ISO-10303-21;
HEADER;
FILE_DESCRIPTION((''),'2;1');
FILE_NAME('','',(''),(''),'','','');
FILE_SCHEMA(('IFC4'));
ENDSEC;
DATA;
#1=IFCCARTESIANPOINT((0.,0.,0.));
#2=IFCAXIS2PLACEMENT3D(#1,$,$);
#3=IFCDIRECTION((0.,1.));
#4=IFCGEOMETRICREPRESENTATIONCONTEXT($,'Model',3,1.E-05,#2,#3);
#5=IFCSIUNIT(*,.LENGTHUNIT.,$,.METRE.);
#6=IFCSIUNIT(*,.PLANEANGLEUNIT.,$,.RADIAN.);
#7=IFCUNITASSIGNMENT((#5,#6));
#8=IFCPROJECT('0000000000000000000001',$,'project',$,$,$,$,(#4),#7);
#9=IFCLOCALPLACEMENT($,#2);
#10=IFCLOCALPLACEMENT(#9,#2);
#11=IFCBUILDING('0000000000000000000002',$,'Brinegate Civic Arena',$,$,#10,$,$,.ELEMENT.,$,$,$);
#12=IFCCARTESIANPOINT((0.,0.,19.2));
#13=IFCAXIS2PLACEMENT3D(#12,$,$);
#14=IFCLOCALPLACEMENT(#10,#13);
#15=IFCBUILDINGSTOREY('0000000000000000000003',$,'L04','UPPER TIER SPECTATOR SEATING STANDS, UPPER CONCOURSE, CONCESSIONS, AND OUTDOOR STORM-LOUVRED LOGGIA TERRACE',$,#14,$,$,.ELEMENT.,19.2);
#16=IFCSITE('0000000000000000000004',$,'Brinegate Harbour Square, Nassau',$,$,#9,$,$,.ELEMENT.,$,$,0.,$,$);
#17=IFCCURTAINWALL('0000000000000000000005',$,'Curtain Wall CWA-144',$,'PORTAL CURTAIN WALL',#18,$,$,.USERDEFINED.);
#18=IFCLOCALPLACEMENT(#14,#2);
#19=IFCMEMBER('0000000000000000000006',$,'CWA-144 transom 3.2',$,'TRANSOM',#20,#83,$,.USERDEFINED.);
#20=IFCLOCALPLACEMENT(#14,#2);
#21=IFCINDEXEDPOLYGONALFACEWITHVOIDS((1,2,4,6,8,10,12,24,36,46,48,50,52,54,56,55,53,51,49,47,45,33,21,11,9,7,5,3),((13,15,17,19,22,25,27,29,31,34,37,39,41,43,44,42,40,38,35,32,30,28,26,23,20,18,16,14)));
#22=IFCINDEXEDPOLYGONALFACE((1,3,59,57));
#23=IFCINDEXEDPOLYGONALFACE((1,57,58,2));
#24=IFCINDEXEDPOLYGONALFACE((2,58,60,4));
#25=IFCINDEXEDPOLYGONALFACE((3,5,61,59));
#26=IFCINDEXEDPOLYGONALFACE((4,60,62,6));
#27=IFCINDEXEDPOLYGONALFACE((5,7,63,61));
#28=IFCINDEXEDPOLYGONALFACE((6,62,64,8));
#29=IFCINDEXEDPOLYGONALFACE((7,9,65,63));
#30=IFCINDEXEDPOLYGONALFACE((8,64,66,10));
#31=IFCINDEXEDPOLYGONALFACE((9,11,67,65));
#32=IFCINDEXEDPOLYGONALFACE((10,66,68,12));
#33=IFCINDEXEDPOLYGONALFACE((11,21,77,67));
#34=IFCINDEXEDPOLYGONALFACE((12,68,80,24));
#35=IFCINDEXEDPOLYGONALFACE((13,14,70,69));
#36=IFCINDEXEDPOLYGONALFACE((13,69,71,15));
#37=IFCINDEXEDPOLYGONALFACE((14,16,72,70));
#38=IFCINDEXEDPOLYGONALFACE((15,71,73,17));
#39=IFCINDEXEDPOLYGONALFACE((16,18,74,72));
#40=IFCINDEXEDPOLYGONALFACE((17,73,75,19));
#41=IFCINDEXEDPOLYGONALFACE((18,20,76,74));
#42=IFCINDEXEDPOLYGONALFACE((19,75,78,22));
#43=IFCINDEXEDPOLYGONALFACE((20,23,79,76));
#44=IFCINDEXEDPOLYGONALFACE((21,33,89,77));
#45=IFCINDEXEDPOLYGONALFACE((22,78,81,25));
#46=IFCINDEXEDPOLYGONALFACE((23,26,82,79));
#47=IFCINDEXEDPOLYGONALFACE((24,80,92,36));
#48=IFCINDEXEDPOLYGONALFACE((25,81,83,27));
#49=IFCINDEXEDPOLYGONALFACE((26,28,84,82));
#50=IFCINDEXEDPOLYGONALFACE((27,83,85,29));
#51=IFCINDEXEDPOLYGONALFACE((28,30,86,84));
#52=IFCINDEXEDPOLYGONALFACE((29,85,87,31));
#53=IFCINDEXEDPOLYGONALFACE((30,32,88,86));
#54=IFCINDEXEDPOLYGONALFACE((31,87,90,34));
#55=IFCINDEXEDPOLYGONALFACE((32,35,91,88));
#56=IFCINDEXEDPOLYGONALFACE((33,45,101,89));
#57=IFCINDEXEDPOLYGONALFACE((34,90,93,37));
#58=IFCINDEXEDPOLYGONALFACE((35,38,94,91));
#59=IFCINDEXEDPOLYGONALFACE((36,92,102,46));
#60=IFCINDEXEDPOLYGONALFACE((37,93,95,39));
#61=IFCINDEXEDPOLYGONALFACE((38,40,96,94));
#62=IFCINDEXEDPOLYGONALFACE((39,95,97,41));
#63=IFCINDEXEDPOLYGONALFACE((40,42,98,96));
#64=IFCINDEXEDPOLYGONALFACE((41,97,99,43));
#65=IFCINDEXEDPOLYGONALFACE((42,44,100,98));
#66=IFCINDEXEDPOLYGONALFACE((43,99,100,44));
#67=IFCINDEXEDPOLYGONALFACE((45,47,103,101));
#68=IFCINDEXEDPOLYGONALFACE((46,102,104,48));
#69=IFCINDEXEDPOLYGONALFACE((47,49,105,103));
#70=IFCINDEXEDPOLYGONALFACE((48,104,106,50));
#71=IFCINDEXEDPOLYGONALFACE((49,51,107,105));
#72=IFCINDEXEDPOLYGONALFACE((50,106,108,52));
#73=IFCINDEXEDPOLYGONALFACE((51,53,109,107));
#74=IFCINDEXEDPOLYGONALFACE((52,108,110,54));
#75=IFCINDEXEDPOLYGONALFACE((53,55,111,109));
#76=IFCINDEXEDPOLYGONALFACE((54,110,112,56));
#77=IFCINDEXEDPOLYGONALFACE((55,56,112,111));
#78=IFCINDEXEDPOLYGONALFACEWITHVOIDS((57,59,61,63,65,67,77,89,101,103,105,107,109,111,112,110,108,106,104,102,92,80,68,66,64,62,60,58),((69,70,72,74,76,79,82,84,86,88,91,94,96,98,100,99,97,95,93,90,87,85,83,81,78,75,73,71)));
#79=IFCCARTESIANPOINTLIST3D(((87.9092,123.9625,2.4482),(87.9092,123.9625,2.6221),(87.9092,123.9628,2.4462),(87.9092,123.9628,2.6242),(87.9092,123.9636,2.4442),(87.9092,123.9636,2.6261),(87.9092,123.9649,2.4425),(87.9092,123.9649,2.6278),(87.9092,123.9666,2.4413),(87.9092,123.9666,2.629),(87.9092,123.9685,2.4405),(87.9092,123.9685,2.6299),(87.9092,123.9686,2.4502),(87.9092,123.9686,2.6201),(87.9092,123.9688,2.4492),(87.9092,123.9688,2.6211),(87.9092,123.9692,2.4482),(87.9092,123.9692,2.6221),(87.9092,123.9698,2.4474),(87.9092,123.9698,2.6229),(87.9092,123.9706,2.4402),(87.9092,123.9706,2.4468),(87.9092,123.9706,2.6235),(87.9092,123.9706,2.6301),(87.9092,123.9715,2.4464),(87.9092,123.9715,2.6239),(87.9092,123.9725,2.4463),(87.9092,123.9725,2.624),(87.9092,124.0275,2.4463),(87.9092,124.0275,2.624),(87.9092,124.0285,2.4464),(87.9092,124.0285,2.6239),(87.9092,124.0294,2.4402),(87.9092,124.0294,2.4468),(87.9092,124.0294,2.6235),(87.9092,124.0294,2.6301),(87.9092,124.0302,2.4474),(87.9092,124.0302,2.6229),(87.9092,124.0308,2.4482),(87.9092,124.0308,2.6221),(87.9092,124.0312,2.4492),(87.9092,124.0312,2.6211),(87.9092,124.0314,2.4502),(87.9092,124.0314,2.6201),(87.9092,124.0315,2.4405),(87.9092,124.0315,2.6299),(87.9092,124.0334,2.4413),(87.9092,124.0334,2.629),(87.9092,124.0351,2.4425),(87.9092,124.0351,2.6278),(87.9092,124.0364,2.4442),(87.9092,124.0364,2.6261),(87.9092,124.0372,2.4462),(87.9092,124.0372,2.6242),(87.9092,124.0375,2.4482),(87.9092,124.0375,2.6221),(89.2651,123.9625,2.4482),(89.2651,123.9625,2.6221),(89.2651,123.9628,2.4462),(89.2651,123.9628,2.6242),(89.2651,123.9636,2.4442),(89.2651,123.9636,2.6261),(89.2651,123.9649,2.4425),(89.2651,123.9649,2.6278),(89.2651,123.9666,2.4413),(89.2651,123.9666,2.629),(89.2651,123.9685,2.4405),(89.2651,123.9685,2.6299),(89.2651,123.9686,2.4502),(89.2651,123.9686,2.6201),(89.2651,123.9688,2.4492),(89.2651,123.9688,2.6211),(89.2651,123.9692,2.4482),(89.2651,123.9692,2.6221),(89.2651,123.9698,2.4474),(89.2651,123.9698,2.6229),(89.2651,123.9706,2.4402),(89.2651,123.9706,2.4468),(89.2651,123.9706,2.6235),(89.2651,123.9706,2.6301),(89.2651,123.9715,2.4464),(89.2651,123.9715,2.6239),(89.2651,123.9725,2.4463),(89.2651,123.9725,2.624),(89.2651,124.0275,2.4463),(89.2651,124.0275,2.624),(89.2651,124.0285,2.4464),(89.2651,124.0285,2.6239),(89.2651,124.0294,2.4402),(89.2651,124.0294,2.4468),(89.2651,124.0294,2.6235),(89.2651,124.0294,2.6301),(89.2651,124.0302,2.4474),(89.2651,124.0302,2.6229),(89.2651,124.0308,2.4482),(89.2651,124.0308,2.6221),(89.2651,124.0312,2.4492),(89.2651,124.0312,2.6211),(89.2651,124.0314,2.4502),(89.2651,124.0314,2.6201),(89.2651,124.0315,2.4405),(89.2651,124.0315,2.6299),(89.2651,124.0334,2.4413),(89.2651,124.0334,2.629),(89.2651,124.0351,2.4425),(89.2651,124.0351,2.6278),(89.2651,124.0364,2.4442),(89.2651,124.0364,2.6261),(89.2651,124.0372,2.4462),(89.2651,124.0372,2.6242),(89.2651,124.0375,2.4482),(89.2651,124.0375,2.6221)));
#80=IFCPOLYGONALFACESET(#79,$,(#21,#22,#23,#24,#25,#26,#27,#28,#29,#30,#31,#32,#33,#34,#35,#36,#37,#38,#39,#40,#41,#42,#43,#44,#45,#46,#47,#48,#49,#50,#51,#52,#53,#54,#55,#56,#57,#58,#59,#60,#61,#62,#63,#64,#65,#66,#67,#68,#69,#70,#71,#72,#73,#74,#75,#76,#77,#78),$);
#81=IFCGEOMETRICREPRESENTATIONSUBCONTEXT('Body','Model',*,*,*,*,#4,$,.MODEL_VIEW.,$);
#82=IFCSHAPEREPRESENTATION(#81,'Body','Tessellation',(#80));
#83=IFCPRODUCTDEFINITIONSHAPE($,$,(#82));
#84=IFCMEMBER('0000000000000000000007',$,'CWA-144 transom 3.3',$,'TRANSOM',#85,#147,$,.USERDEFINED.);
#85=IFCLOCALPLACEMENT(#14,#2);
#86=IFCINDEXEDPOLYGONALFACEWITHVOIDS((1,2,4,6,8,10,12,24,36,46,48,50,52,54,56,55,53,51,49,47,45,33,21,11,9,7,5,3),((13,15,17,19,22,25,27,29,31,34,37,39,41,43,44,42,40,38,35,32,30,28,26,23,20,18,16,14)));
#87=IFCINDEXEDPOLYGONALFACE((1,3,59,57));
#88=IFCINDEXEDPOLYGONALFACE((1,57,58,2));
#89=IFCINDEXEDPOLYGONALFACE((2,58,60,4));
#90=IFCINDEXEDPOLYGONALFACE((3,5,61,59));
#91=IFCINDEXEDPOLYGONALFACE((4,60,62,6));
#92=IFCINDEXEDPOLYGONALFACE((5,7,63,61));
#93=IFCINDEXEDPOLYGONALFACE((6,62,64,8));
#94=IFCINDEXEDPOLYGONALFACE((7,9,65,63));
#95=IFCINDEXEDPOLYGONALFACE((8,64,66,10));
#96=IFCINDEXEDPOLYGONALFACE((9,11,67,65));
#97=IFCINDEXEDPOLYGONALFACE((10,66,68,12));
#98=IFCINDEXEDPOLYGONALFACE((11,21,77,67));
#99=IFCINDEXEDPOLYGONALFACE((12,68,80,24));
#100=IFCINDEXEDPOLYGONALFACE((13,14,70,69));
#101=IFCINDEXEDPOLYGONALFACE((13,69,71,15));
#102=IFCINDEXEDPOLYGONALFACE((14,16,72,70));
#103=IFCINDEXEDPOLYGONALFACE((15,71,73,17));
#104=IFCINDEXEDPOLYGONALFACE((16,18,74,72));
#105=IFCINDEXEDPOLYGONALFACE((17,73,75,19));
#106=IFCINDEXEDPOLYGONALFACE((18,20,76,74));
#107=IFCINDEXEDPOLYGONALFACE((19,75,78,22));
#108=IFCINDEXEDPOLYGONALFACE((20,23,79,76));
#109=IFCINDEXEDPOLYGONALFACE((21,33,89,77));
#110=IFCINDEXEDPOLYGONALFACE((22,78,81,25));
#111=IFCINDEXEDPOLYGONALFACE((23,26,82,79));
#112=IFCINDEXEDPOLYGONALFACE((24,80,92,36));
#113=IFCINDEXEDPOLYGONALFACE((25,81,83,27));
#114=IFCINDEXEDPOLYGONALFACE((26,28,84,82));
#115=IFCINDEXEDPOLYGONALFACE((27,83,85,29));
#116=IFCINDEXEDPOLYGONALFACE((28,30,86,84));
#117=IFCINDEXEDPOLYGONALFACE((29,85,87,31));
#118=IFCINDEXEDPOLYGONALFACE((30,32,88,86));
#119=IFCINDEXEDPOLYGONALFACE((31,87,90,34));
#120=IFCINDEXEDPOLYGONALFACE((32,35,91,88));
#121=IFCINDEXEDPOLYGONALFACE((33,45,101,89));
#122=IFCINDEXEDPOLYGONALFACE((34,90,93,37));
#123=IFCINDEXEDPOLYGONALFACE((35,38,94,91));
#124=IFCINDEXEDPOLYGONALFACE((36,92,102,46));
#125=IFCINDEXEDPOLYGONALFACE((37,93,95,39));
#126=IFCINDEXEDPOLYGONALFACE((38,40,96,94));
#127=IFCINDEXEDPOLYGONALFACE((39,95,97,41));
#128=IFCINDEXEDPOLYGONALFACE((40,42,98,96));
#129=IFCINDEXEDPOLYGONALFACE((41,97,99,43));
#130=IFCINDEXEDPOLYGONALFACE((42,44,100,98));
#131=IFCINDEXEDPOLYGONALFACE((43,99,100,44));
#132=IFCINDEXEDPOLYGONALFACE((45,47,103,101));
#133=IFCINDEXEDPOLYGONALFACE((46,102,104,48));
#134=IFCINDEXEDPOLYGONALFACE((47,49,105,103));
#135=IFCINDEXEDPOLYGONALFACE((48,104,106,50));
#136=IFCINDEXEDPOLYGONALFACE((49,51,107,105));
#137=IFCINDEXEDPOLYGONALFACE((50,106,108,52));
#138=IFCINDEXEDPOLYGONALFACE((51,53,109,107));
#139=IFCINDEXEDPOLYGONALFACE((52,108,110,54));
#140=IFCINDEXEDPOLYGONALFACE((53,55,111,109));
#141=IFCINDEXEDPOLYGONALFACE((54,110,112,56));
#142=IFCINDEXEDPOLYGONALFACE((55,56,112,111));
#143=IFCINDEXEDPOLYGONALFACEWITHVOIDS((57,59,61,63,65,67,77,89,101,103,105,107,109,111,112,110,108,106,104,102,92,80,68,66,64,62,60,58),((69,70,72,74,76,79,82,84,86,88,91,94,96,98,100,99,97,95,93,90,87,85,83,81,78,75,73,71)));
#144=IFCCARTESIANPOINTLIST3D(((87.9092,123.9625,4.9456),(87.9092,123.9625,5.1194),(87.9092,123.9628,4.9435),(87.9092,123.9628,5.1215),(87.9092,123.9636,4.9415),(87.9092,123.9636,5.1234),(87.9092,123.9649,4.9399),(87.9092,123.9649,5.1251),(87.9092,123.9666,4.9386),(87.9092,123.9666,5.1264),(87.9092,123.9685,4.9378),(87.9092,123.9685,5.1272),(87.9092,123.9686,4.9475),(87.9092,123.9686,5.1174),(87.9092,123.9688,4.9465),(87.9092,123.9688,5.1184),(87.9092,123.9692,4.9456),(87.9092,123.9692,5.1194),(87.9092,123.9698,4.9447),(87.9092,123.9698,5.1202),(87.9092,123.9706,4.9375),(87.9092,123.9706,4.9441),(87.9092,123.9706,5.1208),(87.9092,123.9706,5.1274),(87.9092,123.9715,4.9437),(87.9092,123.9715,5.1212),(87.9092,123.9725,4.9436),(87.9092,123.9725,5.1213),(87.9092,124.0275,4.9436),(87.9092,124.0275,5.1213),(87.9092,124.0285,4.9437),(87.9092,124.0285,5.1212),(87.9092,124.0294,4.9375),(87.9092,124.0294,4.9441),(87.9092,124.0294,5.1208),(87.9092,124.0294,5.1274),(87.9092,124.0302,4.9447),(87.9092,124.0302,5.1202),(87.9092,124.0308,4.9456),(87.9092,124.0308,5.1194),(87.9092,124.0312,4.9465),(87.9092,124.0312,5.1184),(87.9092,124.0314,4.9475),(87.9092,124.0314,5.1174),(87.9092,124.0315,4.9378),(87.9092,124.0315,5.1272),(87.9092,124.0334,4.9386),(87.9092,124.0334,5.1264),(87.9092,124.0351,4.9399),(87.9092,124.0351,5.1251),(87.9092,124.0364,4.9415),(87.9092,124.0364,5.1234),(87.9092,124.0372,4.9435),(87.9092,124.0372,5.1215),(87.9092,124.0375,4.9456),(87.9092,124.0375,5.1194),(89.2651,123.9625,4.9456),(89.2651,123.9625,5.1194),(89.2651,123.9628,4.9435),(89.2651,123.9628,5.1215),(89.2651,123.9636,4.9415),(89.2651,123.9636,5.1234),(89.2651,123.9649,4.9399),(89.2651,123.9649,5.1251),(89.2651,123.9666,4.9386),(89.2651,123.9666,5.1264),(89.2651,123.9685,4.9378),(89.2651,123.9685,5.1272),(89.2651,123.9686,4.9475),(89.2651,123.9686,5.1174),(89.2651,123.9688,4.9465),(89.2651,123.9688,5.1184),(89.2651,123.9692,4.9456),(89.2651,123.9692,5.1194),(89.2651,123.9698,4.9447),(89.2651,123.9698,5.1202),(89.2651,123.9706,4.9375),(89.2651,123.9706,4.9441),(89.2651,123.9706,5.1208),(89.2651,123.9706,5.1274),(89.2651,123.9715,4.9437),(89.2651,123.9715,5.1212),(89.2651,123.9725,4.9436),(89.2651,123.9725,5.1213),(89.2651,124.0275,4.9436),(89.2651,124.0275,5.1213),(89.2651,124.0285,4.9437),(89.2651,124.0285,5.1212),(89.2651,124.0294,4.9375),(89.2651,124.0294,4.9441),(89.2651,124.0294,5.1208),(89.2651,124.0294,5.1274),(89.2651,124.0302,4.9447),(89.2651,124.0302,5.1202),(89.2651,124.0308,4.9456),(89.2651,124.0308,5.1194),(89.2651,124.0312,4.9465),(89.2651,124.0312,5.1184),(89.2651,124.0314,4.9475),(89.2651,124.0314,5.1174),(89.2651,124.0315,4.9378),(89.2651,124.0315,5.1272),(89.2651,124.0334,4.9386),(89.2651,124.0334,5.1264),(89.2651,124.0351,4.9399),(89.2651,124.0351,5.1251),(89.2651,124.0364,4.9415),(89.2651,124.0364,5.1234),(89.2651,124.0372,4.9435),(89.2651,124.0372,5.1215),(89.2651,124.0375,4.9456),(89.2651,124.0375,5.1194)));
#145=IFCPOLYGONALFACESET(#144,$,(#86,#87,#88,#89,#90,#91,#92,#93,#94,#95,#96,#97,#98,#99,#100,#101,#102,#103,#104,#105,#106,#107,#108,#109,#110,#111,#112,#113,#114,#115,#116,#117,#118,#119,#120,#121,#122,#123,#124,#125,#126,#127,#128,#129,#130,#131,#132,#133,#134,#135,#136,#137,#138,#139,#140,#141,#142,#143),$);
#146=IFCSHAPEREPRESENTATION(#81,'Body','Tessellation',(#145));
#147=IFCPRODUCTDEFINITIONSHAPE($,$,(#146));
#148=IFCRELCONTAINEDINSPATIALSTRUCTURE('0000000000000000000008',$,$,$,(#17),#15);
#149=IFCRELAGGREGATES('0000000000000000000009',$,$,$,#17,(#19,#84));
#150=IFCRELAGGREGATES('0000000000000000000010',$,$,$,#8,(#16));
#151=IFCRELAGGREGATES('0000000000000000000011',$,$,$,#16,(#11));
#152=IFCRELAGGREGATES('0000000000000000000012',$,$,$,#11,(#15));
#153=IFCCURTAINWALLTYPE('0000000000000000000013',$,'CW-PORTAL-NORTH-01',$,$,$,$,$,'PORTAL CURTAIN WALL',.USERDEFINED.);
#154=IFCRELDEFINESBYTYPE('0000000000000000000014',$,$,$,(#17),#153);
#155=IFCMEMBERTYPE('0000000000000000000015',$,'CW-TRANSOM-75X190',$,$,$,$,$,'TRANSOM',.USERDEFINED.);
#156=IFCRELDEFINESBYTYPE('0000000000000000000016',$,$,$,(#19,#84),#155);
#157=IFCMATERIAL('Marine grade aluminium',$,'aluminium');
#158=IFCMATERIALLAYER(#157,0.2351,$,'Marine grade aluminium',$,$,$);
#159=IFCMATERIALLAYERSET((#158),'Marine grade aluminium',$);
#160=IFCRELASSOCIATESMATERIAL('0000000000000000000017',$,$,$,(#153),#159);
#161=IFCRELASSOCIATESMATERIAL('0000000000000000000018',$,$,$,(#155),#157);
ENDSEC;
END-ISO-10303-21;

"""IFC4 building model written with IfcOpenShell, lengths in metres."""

from ifc_helpers import new_model, si_unit, direction, frame, origin, origin_2d, place, context, subcontext, project, spatial, hollow_rectangle, extrude, material, layer, layer_set, material_profile, profile_set, type_object, element, aggregate, save


model = new_model("IFC4")

# Units and contexts
model_context = context("Model", 3, precision=1e-05, world=origin(), true_north=direction((0.0, 1.0)))
body_context = subcontext(model_context, "Body", "Model", "MODEL_VIEW")
ifc_project = project(units=[si_unit("LENGTHUNIT", "METRE"), si_unit("PLANEANGLEUNIT", "RADIAN")], contexts=[model_context])

# Site, building, storey
site_placement = place(None, origin())
site = spatial("IfcSite", under=ifc_project, at=site_placement, Name="Brinegate Harbour Square, Nassau", CompositionType="ELEMENT", RefElevation=0.0)
building_placement = place(site_placement, origin())
building = spatial("IfcBuilding", under=site, at=building_placement, Name="Brinegate Civic Arena", CompositionType="ELEMENT")
storey_placement = place(building_placement, frame((0.0, 0.0, 19.2)))
storey = spatial("IfcBuildingStorey", under=building, at=storey_placement, Name="L04", Description="UPPER TIER SPECTATOR SEATING STANDS, UPPER CONCOURSE, CONCESSIONS, AND OUTDOOR STORM-LOUVRED LOGGIA TERRACE", CompositionType="ELEMENT", Elevation=19.2)

# Curtain wall, members
ifc_material_1 = material(Name="Marine grade aluminium", Category="aluminium")
ifc_layer_1 = layer(ifc_material_1, 0.2351, Name="Marine grade aluminium")
ifc_layer_set_1 = layer_set([ifc_layer_1], Name="Marine grade aluminium")
curtain_wall_type = type_object("IfcCurtainWallType", Name="CW-PORTAL-NORTH-01", ElementType="PORTAL CURTAIN WALL", PredefinedType="USERDEFINED", material=ifc_layer_set_1)
curtain_wall_placement = place(storey_placement, origin())
curtain_wall = element("IfcCurtainWall", 1, at=curtain_wall_placement, inside=storey, type_object=curtain_wall_type, Name="Curtain Wall CWA-144", ObjectType="PORTAL CURTAIN WALL", PredefinedType="USERDEFINED")
ifc_material_profile_1 = material_profile(ifc_material_1, hollow_rectangle(XDim=0.075, YDim=0.1899, WallThickness=0.0061, InnerFilletRadius=0.0039, OuterFilletRadius=0.0081, at=origin_2d()), Name="TRN75X190")
ifc_profile_set_1 = profile_set([ifc_material_profile_1], Name="Marine grade aluminium")
member_type_1 = type_object("IfcMemberType", Name="CW-TRANSOM-75X190", ElementType="TRANSOM", PredefinedType="USERDEFINED", material=ifc_profile_set_1)
member_1_placement = place(storey_placement, frame((87.9092, 124.0, 2.5352), z_axis=(1.0, 0.0, 0.0), x_axis=(0.0, 1.0, 0.0)))
member_1 = element("IfcMember", 2, at=member_1_placement, type_object=member_type_1, Name="CWA-144 transom 3.2", ObjectType="TRANSOM", PredefinedType="USERDEFINED", context=body_context, shape_type="SweptSolid", body=[
    extrude(hollow_rectangle(XDim=0.075, YDim=0.1899, WallThickness=0.0061, InnerFilletRadius=0.0039, OuterFilletRadius=0.0081, at=origin_2d()), origin(), (0.0, 0.0, 1.0), 1.356),
])
member_2_placement = place(storey_placement, frame((87.9092, 124.0, 5.0325), z_axis=(1.0, 0.0, 0.0), x_axis=(0.0, 1.0, 0.0)))
member_2 = element("IfcMember", 3, at=member_2_placement, type_object=member_type_1, Name="CWA-144 transom 3.3", ObjectType="TRANSOM", PredefinedType="USERDEFINED", context=body_context, shape_type="SweptSolid", body=[
    extrude(hollow_rectangle(XDim=0.075, YDim=0.1899, WallThickness=0.0061, InnerFilletRadius=0.0039, OuterFilletRadius=0.0081, at=origin_2d()), origin(), (0.0, 0.0, 1.0), 1.356),
])
aggregate(curtain_wall, [member_1, member_2])

save(model, "model.ifc")
